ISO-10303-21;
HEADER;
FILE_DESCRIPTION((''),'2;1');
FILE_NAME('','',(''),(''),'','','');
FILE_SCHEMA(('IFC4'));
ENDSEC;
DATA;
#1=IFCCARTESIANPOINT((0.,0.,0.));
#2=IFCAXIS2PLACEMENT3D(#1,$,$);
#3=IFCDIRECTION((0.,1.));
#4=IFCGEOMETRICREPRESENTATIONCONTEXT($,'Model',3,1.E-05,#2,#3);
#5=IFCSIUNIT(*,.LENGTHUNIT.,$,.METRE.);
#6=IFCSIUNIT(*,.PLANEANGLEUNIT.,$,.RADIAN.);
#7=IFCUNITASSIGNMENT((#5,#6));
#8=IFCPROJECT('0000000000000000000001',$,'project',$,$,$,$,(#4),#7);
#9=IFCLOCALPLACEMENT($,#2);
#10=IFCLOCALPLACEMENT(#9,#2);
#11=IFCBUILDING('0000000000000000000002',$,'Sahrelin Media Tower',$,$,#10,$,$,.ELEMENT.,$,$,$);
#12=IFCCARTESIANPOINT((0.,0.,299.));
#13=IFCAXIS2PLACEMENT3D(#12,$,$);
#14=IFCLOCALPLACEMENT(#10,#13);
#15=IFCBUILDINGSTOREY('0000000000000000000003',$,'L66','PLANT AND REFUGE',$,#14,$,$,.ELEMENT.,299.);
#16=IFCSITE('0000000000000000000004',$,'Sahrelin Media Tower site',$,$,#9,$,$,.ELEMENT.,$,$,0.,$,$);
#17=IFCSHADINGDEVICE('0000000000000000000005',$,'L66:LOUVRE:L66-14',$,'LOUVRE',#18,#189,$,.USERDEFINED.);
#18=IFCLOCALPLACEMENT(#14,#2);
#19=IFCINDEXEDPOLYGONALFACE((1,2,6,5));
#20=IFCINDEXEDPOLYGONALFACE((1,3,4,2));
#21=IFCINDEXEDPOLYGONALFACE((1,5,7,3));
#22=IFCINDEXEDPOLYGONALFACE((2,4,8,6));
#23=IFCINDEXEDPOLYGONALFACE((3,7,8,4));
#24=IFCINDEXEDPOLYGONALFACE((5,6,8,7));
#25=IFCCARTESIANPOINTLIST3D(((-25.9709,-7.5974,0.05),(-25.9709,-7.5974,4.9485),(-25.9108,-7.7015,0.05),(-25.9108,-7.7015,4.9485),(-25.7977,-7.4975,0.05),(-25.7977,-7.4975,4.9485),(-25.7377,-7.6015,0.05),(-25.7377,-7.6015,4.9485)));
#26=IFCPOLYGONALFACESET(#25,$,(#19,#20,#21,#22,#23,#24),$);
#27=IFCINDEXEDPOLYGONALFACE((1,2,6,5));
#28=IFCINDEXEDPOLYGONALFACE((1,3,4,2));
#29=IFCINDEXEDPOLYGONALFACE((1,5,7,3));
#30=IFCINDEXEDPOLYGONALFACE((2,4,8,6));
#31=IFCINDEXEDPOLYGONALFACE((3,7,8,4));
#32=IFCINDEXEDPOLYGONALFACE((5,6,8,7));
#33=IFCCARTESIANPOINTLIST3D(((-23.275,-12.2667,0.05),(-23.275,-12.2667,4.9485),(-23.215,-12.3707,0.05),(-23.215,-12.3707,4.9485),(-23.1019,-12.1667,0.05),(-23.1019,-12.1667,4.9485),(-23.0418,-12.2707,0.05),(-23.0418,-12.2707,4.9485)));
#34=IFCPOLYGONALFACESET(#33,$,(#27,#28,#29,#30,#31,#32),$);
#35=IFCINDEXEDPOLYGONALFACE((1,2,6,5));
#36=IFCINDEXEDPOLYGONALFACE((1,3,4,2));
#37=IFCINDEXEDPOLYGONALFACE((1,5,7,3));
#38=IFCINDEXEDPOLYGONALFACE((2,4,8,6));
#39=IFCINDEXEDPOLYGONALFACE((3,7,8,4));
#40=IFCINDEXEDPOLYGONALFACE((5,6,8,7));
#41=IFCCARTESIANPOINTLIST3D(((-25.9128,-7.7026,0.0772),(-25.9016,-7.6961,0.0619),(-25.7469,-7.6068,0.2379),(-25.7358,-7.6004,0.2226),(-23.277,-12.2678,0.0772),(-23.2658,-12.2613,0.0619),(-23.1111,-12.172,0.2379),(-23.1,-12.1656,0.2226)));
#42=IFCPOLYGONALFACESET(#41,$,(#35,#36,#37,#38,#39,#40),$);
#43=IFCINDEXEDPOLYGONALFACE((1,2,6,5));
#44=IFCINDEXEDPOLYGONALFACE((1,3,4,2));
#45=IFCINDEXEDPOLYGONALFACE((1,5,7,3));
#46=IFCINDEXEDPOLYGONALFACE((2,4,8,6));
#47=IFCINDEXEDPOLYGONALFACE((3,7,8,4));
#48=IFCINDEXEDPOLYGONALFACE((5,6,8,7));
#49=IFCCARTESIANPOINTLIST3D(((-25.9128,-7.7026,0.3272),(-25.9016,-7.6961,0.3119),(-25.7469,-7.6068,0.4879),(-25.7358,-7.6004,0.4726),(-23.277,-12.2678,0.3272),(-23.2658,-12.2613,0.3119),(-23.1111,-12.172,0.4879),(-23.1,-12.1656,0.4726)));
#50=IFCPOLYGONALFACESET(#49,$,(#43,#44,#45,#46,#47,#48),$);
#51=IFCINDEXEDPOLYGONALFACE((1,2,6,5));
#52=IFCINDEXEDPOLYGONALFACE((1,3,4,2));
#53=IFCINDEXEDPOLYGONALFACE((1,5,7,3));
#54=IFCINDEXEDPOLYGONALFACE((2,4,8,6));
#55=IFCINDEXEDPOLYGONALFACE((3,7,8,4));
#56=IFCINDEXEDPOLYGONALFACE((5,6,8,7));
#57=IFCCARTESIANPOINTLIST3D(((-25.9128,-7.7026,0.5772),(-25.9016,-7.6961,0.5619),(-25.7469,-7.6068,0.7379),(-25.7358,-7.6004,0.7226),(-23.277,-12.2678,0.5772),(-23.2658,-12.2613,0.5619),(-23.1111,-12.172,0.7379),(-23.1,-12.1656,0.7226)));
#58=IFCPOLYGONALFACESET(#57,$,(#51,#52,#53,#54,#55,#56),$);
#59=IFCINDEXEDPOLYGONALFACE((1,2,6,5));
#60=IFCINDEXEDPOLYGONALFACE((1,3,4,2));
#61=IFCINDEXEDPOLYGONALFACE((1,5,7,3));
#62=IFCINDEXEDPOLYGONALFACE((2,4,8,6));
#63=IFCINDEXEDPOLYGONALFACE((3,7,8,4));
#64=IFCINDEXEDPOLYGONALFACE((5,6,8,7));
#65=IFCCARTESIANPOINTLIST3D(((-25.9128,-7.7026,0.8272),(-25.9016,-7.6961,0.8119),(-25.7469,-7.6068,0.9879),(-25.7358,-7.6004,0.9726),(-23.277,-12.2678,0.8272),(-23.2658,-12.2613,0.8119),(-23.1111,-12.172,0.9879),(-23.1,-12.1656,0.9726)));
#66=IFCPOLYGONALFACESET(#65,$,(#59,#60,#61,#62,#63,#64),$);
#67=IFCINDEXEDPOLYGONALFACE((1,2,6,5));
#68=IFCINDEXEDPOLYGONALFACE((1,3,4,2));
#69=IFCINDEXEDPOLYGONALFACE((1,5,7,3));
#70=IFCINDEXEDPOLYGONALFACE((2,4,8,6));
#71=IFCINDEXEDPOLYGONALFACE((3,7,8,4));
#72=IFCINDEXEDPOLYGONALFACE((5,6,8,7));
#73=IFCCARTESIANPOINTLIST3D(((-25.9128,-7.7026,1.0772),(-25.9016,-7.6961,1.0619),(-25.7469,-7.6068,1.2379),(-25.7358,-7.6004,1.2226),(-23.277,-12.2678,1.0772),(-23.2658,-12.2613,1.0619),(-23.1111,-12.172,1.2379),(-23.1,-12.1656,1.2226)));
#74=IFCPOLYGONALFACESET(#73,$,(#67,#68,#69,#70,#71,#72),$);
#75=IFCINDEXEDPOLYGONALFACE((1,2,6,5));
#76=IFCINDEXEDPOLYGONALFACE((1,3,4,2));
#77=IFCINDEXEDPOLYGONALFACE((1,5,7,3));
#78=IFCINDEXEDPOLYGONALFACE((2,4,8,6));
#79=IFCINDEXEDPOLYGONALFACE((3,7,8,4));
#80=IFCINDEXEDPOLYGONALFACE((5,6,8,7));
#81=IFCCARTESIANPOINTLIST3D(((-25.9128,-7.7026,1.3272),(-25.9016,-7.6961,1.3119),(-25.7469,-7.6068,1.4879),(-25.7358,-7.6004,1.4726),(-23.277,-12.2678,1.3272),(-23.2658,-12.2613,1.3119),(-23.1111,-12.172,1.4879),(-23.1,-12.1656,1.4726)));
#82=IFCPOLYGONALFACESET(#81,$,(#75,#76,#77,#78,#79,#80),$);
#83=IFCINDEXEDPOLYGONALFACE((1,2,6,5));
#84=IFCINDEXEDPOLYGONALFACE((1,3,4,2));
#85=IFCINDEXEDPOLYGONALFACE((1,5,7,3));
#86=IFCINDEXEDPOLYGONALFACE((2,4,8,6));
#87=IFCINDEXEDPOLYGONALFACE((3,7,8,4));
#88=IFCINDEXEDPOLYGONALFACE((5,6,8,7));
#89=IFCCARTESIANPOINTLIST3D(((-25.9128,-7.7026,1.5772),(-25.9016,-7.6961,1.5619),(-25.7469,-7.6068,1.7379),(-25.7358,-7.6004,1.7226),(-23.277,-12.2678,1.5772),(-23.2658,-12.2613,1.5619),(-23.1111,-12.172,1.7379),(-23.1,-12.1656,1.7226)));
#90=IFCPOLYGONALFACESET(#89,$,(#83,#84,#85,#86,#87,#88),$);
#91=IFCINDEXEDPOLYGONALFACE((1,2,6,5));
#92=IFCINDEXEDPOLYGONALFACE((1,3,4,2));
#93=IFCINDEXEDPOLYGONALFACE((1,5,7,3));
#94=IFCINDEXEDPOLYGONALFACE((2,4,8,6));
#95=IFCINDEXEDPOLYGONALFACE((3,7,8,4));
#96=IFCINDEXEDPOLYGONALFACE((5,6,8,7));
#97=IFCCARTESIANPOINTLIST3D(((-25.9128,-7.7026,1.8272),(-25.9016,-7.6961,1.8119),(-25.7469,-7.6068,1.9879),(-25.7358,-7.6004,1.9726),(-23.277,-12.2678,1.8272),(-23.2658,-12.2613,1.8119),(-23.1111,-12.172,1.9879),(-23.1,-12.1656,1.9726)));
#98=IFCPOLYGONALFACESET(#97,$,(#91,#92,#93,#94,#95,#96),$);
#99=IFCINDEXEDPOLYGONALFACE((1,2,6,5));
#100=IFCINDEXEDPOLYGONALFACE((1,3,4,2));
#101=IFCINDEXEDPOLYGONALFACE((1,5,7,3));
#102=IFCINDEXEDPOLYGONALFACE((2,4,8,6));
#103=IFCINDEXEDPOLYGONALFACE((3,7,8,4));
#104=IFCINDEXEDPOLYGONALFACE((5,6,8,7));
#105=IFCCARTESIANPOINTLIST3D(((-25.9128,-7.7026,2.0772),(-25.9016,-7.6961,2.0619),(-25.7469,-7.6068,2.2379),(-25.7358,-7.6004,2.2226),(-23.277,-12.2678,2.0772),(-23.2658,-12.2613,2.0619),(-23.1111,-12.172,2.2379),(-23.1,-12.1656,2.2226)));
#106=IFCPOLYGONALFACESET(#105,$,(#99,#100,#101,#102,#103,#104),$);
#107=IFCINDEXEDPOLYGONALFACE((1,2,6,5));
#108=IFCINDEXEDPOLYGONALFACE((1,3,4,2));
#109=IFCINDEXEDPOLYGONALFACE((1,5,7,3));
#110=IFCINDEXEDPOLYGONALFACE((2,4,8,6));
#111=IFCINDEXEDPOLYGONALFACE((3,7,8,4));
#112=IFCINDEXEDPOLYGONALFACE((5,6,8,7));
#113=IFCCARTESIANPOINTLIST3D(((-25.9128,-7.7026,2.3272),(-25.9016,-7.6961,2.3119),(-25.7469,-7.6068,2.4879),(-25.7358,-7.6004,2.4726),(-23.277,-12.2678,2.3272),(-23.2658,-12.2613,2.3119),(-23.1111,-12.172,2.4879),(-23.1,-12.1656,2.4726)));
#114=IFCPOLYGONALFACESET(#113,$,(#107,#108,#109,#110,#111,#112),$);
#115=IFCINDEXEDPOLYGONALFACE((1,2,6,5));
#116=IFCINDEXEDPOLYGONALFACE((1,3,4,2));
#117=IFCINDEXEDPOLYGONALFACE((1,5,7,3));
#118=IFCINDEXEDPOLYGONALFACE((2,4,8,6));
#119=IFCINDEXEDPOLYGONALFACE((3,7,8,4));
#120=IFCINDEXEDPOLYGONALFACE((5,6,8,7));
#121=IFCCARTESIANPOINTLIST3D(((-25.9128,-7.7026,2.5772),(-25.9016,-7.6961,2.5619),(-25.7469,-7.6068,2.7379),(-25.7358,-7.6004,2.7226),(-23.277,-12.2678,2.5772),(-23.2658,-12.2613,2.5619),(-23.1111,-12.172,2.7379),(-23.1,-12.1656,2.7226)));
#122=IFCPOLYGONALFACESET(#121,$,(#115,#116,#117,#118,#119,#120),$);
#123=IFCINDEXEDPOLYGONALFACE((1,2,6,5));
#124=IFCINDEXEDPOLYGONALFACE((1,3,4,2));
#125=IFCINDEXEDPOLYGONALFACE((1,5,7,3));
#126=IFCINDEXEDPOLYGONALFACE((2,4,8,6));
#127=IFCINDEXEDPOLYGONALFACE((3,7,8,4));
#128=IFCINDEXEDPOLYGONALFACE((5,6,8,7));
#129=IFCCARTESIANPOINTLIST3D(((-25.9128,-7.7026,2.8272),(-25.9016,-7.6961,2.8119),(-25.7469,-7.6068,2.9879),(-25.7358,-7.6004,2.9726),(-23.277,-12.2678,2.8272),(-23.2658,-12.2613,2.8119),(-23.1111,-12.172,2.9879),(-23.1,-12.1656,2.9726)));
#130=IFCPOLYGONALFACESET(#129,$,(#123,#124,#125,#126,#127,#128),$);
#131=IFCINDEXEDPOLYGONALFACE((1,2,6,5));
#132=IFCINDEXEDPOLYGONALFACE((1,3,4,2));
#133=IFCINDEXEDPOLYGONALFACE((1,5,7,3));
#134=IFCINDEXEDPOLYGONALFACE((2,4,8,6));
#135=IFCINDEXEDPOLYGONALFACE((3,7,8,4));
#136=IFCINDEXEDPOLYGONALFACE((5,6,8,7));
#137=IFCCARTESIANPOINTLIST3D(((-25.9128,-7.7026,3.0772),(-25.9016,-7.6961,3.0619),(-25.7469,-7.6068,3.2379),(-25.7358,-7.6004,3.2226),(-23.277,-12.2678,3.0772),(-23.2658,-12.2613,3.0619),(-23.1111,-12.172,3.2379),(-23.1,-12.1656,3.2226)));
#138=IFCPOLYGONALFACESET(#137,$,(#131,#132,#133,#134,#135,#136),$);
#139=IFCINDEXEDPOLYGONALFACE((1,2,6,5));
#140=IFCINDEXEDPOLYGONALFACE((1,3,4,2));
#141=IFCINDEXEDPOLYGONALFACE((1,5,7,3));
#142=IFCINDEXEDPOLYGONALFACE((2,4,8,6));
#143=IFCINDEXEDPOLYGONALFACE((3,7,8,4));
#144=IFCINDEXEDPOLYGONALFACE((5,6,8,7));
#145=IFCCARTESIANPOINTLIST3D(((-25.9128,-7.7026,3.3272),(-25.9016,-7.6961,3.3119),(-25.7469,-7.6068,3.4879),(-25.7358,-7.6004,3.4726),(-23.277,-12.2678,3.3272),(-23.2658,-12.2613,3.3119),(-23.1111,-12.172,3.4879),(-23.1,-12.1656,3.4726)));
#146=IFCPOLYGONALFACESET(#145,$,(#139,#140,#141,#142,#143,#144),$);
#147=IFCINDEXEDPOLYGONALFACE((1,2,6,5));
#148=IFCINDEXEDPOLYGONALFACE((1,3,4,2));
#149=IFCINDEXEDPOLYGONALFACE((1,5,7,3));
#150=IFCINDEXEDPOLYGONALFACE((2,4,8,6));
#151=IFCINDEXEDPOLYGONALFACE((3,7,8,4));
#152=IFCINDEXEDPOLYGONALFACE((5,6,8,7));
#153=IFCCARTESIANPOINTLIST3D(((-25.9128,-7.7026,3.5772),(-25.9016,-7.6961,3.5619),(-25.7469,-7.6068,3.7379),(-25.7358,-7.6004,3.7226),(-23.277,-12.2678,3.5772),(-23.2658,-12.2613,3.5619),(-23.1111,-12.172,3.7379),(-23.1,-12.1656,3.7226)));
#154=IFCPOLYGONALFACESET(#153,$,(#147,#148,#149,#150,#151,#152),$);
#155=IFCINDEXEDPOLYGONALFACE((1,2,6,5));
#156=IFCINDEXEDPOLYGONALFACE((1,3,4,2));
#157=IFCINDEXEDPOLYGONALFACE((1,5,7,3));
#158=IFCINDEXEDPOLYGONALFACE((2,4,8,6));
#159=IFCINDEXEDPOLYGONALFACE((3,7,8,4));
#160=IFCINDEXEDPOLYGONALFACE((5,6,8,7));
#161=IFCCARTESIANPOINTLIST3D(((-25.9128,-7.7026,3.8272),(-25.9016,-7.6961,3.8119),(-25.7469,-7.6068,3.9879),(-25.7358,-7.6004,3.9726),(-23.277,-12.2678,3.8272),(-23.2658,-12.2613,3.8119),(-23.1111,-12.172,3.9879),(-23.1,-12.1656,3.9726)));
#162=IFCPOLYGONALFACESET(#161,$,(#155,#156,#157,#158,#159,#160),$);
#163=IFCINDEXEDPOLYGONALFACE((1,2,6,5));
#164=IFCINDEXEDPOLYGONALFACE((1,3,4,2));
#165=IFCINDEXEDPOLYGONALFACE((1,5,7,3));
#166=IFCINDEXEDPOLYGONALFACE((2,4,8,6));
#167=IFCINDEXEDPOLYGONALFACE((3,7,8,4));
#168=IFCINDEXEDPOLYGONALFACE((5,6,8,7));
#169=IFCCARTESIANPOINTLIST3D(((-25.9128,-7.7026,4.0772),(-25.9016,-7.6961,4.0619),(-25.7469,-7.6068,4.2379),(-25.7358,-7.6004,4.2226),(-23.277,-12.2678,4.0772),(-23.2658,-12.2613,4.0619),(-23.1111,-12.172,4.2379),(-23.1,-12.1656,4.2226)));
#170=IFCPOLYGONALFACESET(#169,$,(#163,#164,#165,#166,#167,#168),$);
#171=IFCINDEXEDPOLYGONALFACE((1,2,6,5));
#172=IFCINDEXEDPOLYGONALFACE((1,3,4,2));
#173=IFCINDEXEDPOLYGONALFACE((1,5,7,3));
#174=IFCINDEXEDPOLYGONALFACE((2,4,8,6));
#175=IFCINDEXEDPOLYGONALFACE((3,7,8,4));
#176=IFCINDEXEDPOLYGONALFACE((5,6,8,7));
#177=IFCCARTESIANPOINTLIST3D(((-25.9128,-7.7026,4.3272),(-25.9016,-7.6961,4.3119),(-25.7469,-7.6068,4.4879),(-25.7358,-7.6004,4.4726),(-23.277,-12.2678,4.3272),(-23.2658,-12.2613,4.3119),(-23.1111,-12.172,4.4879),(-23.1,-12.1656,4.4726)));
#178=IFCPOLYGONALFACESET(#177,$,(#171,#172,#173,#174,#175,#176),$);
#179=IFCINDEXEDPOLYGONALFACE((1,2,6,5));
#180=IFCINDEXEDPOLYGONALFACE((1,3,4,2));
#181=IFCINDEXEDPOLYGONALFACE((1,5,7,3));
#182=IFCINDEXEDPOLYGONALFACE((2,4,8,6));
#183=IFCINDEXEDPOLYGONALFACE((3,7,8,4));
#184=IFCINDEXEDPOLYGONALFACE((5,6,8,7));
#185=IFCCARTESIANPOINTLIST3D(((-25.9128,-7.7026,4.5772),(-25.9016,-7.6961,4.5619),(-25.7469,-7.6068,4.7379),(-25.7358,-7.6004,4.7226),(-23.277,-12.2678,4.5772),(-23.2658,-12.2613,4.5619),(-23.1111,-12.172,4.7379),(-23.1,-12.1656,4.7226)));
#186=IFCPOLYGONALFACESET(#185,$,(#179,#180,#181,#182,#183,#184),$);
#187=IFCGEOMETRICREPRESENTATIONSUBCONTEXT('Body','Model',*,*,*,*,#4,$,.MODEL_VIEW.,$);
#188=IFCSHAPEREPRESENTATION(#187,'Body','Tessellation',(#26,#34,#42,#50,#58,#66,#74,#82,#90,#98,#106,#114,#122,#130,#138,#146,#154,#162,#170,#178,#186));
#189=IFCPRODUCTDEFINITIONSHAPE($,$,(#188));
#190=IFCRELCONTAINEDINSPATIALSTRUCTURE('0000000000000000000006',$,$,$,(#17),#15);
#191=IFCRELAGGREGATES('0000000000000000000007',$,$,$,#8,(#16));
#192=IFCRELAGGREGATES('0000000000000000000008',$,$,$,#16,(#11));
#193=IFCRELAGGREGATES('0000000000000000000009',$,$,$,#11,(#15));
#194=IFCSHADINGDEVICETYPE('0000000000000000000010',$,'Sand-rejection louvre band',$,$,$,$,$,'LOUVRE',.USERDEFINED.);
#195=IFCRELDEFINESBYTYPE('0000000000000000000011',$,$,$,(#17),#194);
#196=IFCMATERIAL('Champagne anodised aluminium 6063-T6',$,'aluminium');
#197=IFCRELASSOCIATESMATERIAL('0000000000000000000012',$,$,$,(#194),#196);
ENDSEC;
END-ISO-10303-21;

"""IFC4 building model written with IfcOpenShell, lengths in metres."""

from ifc_helpers import new_model, si_unit, direction, frame, origin, origin_2d, place, context, subcontext, project, spatial, rectangle, extrude, material, type_object, element, save


model = new_model("IFC4")

# Units and contexts
model_context = context("Model", 3, precision=1e-05, world=origin(), true_north=direction((0.0, 1.0)))
body_context = subcontext(model_context, "Body", "Model", "MODEL_VIEW")
ifc_project = project(units=[si_unit("LENGTHUNIT", "METRE"), si_unit("PLANEANGLEUNIT", "RADIAN")], contexts=[model_context])

# Site, building, storey
site_placement = place(None, origin())
site = spatial("IfcSite", under=ifc_project, at=site_placement, Name="Sahrelin Media Tower site", CompositionType="ELEMENT", RefElevation=0.0)
building_placement = place(site_placement, origin())
building = spatial("IfcBuilding", under=site, at=building_placement, Name="Sahrelin Media Tower", CompositionType="ELEMENT")
storey_placement = place(building_placement, frame((0.0, 0.0, 299.0)))
storey = spatial("IfcBuildingStorey", under=building, at=storey_placement, Name="L66", Description="PLANT AND REFUGE", CompositionType="ELEMENT", Elevation=299.0)

# Shading device
ifc_material_1 = material(Name="Champagne anodised aluminium 6063-T6", Category="aluminium")
shading_device_type = type_object("IfcShadingDeviceType", Name="Sand-rejection louvre band", ElementType="LOUVRE", PredefinedType="USERDEFINED", material=ifc_material_1)
shading_device_1_placement = place(storey_placement, frame((-24.4197, -9.884, 0.0), z_axis=(0.0, 0.0, 1.0), x_axis=(-0.500011, 0.866019, 0.0)))
element("IfcShadingDevice", 1, at=shading_device_1_placement, inside=storey, type_object=shading_device_type, Name="L66:LOUVRE:L66-14", ObjectType="LOUVRE", PredefinedType="USERDEFINED", context=body_context, shape_type="SweptSolid", body=[
    extrude(rectangle(XDim=0.1201, YDim=0.2, at=origin_2d()), frame((2.6958, 0.1001, 0.05), z_axis=(0.0, 0.0, 1.0), x_axis=(1.0, 0.0, 0.0)), (0.0, 0.0, 1.0), 4.8984),
    extrude(rectangle(XDim=0.1201, YDim=0.2, at=origin_2d()), frame((-2.6958, 0.1001, 0.05), z_axis=(0.0, 0.0, 1.0), x_axis=(1.0, 0.0, 0.0)), (0.0, 0.0, 1.0), 4.8984),
    extrude(rectangle(XDim=0.25, YDim=0.02, at=origin_2d()), frame((2.6357, 0.1001, 0.1499), z_axis=(-1.0, 0.0, 0.0), x_axis=(0.0, -0.766044, 0.642788)), (0.0, 0.0, 1.0), 5.2715),
    extrude(rectangle(XDim=0.25, YDim=0.02, at=origin_2d()), frame((2.6357, 0.1001, 0.3999), z_axis=(-1.0, 0.0, 0.0), x_axis=(0.0, -0.766044, 0.642788)), (0.0, 0.0, 1.0), 5.2715),
    extrude(rectangle(XDim=0.25, YDim=0.02, at=origin_2d()), frame((2.6357, 0.1001, 0.6499), z_axis=(-1.0, 0.0, 0.0), x_axis=(0.0, -0.766044, 0.642788)), (0.0, 0.0, 1.0), 5.2715),
    extrude(rectangle(XDim=0.25, YDim=0.02, at=origin_2d()), frame((2.6357, 0.1001, 0.8999), z_axis=(-1.0, 0.0, 0.0), x_axis=(0.0, -0.766044, 0.642788)), (0.0, 0.0, 1.0), 5.2715),
    extrude(rectangle(XDim=0.25, YDim=0.02, at=origin_2d()), frame((2.6357, 0.1001, 1.1499), z_axis=(-1.0, 0.0, 0.0), x_axis=(0.0, -0.766044, 0.642788)), (0.0, 0.0, 1.0), 5.2715),
    extrude(rectangle(XDim=0.25, YDim=0.02, at=origin_2d()), frame((2.6357, 0.1001, 1.3999), z_axis=(-1.0, 0.0, 0.0), x_axis=(0.0, -0.766044, 0.642788)), (0.0, 0.0, 1.0), 5.2715),
    extrude(rectangle(XDim=0.25, YDim=0.02, at=origin_2d()), frame((2.6357, 0.1001, 1.6499), z_axis=(-1.0, 0.0, 0.0), x_axis=(0.0, -0.766044, 0.642788)), (0.0, 0.0, 1.0), 5.2715),
    extrude(rectangle(XDim=0.25, YDim=0.02, at=origin_2d()), frame((2.6357, 0.1001, 1.8999), z_axis=(-1.0, 0.0, 0.0), x_axis=(0.0, -0.766044, 0.642788)), (0.0, 0.0, 1.0), 5.2715),
    extrude(rectangle(XDim=0.25, YDim=0.02, at=origin_2d()), frame((2.6357, 0.1001, 2.1499), z_axis=(-1.0, 0.0, 0.0), x_axis=(0.0, -0.766044, 0.642788)), (0.0, 0.0, 1.0), 5.2715),
    extrude(rectangle(XDim=0.25, YDim=0.02, at=origin_2d()), frame((2.6357, 0.1001, 2.3999), z_axis=(-1.0, 0.0, 0.0), x_axis=(0.0, -0.766044, 0.642788)), (0.0, 0.0, 1.0), 5.2715),
    extrude(rectangle(XDim=0.25, YDim=0.02, at=origin_2d()), frame((2.6357, 0.1001, 2.6499), z_axis=(-1.0, 0.0, 0.0), x_axis=(0.0, -0.766044, 0.642788)), (0.0, 0.0, 1.0), 5.2715),
    extrude(rectangle(XDim=0.25, YDim=0.02, at=origin_2d()), frame((2.6357, 0.1001, 2.8999), z_axis=(-1.0, 0.0, 0.0), x_axis=(0.0, -0.766044, 0.642788)), (0.0, 0.0, 1.0), 5.2715),
    extrude(rectangle(XDim=0.25, YDim=0.02, at=origin_2d()), frame((2.6357, 0.1001, 3.1499), z_axis=(-1.0, 0.0, 0.0), x_axis=(0.0, -0.766044, 0.642788)), (0.0, 0.0, 1.0), 5.2715),
    extrude(rectangle(XDim=0.25, YDim=0.02, at=origin_2d()), frame((2.6357, 0.1001, 3.3999), z_axis=(-1.0, 0.0, 0.0), x_axis=(0.0, -0.766044, 0.642788)), (0.0, 0.0, 1.0), 5.2715),
    extrude(rectangle(XDim=0.25, YDim=0.02, at=origin_2d()), frame((2.6357, 0.1001, 3.6499), z_axis=(-1.0, 0.0, 0.0), x_axis=(0.0, -0.766044, 0.642788)), (0.0, 0.0, 1.0), 5.2715),
    extrude(rectangle(XDim=0.25, YDim=0.02, at=origin_2d()), frame((2.6357, 0.1001, 3.8999), z_axis=(-1.0, 0.0, 0.0), x_axis=(0.0, -0.766044, 0.642788)), (0.0, 0.0, 1.0), 5.2715),
    extrude(rectangle(XDim=0.25, YDim=0.02, at=origin_2d()), frame((2.6357, 0.1001, 4.1499), z_axis=(-1.0, 0.0, 0.0), x_axis=(0.0, -0.766044, 0.642788)), (0.0, 0.0, 1.0), 5.2715),
    extrude(rectangle(XDim=0.25, YDim=0.02, at=origin_2d()), frame((2.6357, 0.1001, 4.3999), z_axis=(-1.0, 0.0, 0.0), x_axis=(0.0, -0.766044, 0.642788)), (0.0, 0.0, 1.0), 5.2715),
    extrude(rectangle(XDim=0.25, YDim=0.02, at=origin_2d()), frame((2.6357, 0.1001, 4.6499), z_axis=(-1.0, 0.0, 0.0), x_axis=(0.0, -0.766044, 0.642788)), (0.0, 0.0, 1.0), 5.2715),
])

save(model, "model.ifc")
